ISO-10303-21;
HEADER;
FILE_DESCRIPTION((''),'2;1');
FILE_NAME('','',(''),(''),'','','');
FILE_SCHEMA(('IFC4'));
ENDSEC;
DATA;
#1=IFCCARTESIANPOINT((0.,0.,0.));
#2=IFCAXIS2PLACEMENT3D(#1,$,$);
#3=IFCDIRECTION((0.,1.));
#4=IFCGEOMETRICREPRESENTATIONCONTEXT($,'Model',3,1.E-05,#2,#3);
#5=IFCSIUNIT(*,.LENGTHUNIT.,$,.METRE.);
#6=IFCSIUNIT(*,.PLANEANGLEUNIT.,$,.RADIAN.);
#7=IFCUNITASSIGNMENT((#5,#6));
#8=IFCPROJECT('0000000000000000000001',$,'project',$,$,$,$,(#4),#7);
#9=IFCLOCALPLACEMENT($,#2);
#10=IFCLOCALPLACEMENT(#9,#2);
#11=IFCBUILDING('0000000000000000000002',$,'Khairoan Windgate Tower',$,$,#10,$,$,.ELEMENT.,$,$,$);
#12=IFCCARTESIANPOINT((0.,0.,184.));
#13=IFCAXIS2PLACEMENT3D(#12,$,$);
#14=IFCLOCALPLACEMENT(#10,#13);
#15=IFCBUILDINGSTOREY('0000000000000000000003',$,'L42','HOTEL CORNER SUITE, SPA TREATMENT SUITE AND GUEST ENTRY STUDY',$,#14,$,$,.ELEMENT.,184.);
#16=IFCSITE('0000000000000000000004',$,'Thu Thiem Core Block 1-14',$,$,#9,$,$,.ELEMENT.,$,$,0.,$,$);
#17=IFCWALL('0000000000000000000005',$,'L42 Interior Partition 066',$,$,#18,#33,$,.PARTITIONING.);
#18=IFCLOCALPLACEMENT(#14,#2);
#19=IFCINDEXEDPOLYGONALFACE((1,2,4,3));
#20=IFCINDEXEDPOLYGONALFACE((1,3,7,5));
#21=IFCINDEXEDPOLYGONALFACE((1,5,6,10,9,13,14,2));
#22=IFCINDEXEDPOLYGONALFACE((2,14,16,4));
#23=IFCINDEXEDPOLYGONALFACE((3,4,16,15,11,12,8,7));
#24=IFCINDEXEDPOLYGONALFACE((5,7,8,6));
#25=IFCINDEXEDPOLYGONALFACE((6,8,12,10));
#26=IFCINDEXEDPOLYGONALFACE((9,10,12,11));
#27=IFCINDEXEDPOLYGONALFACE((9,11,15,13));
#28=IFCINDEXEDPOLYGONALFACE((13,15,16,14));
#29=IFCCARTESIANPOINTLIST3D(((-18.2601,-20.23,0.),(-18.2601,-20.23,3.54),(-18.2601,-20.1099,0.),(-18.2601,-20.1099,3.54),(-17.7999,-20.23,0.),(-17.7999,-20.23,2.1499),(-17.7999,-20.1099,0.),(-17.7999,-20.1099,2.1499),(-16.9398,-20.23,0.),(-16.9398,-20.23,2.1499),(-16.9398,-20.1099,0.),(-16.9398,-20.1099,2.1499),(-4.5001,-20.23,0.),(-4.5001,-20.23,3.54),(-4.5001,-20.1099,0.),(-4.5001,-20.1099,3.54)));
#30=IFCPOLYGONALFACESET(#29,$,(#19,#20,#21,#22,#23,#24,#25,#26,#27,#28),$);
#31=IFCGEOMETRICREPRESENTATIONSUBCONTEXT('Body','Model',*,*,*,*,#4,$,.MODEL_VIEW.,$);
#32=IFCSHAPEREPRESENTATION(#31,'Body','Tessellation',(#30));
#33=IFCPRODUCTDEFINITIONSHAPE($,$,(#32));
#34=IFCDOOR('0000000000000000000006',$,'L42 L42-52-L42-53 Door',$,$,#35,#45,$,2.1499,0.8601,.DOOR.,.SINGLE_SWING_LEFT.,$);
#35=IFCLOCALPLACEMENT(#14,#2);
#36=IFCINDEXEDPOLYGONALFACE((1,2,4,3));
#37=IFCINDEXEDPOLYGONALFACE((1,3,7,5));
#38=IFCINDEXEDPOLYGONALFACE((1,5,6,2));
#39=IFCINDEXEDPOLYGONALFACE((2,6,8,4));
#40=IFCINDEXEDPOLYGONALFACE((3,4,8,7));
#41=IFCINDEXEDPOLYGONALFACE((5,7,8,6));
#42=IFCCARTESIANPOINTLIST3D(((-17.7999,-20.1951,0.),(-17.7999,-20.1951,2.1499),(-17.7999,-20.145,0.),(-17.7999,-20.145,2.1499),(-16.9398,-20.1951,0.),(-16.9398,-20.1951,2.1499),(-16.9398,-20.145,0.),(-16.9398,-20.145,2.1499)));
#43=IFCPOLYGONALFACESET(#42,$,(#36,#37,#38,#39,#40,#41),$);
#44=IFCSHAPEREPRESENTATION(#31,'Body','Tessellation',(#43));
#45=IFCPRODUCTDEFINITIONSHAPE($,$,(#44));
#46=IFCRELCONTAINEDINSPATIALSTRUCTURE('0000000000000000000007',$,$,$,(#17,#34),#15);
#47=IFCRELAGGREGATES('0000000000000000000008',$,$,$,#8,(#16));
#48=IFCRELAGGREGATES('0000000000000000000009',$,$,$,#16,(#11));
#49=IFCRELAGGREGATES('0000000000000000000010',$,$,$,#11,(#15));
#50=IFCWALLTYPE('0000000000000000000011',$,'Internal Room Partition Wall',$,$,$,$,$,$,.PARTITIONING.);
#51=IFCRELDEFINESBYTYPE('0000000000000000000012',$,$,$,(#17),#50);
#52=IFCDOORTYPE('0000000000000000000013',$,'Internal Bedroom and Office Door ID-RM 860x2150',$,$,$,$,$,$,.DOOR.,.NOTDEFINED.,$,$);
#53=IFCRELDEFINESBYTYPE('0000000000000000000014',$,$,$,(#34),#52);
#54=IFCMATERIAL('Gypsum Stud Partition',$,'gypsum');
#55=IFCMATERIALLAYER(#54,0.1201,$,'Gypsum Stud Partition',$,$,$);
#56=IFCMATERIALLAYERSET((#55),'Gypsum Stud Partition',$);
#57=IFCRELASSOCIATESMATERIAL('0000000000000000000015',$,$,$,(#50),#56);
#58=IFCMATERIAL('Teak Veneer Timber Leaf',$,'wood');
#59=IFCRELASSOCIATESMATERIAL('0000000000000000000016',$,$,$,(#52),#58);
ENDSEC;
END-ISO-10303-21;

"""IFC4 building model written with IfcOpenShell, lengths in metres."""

from ifc_helpers import new_model, si_unit, direction, frame, frame_2d, origin, place, context, subcontext, project, spatial, rectangle, extrude, material, layer, layer_set, type_object, element, fill, save


model = new_model("IFC4")

# Units and contexts
model_context = context("Model", 3, precision=1e-05, world=origin(), true_north=direction((0.0, 1.0)))
body_context = subcontext(model_context, "Body", "Model", "MODEL_VIEW")
ifc_project = project(units=[si_unit("LENGTHUNIT", "METRE"), si_unit("PLANEANGLEUNIT", "RADIAN")], contexts=[model_context])

# Site, building, storey
site_placement = place(None, origin())
site = spatial("IfcSite", under=ifc_project, at=site_placement, Name="Thu Thiem Core Block 1-14", CompositionType="ELEMENT", RefElevation=0.0)
building_placement = place(site_placement, origin())
building = spatial("IfcBuilding", under=site, at=building_placement, Name="Khairoan Windgate Tower", CompositionType="ELEMENT")
storey_placement = place(building_placement, frame((0.0, 0.0, 184.0)))
storey = spatial("IfcBuildingStorey", under=building, at=storey_placement, Name="L42", Description="HOTEL CORNER SUITE, SPA TREATMENT SUITE AND GUEST ENTRY STUDY", CompositionType="ELEMENT", Elevation=184.0)

# Wall, opening, door
ifc_material_1 = material(Name="Gypsum Stud Partition", Category="gypsum")
ifc_layer_1 = layer(ifc_material_1, 0.1201, Name="Gypsum Stud Partition")
ifc_layer_set_1 = layer_set([ifc_layer_1], Name="Gypsum Stud Partition")
wall_type_1 = type_object("IfcWallType", Name="Internal Room Partition Wall", PredefinedType="PARTITIONING", material=ifc_layer_set_1)
wall_1_placement = place(storey_placement, frame((-18.26, -20.1699, 0.0), z_axis=(0.0, 0.0, 1.0), x_axis=(1.0, 0.0, 0.0)))
wall_1 = element("IfcWall", 1, at=wall_1_placement, inside=storey, type_object=wall_type_1, Name="L42 Interior Partition 066", PredefinedType="PARTITIONING", context=body_context, shape_type="SweptSolid", body=[
    extrude(rectangle(XDim=13.76, YDim=0.1201, at=frame_2d((6.8799, 0.0))), origin(), (0.0, 0.0, 1.0), 3.54),
])
opening_1_placement = place(wall_1_placement, frame((0.46, 0.0, 0.0)))
opening_1 = element("IfcOpeningElement", 2, at=opening_1_placement, cuts=wall_1, PredefinedType="OPENING", context=body_context, shape_type="SweptSolid", body=[
    extrude(rectangle(XDim=0.8601, YDim=2.1499, at=frame_2d((0.4302, 1.075))), frame((0.0, 0.0701, 0.0), z_axis=(0.0, -1.0, 0.0), x_axis=(1.0, 0.0, 0.0)), (0.0, 0.0, 1.0), 0.1401),
])
ifc_material_2 = material(Name="Teak Veneer Timber Leaf", Category="wood")
door_type_1 = type_object("IfcDoorType", Name="Internal Bedroom and Office Door ID-RM 860x2150", OperationType="NOTDEFINED", PredefinedType="DOOR", material=ifc_material_2)
door_1_placement = place(opening_1_placement, origin())
door_1 = element("IfcDoor", 3, at=door_1_placement, inside=storey, type_object=door_type_1, Name="L42 L42-52-L42-53 Door", OperationType="SINGLE_SWING_LEFT", OverallHeight=2.1499, OverallWidth=0.8601, PredefinedType="DOOR", context=body_context, shape_type="SweptSolid", body=[
    extrude(rectangle(XDim=0.8601, YDim=2.1499, at=frame_2d((0.4302, 1.075))), frame((0.0, 0.0249, 0.0), z_axis=(0.0, -1.0, 0.0), x_axis=(1.0, 0.0, 0.0)), (0.0, 0.0, 1.0), 0.05),
])
fill(opening_1, door_1)

save(model, "model.ifc")
